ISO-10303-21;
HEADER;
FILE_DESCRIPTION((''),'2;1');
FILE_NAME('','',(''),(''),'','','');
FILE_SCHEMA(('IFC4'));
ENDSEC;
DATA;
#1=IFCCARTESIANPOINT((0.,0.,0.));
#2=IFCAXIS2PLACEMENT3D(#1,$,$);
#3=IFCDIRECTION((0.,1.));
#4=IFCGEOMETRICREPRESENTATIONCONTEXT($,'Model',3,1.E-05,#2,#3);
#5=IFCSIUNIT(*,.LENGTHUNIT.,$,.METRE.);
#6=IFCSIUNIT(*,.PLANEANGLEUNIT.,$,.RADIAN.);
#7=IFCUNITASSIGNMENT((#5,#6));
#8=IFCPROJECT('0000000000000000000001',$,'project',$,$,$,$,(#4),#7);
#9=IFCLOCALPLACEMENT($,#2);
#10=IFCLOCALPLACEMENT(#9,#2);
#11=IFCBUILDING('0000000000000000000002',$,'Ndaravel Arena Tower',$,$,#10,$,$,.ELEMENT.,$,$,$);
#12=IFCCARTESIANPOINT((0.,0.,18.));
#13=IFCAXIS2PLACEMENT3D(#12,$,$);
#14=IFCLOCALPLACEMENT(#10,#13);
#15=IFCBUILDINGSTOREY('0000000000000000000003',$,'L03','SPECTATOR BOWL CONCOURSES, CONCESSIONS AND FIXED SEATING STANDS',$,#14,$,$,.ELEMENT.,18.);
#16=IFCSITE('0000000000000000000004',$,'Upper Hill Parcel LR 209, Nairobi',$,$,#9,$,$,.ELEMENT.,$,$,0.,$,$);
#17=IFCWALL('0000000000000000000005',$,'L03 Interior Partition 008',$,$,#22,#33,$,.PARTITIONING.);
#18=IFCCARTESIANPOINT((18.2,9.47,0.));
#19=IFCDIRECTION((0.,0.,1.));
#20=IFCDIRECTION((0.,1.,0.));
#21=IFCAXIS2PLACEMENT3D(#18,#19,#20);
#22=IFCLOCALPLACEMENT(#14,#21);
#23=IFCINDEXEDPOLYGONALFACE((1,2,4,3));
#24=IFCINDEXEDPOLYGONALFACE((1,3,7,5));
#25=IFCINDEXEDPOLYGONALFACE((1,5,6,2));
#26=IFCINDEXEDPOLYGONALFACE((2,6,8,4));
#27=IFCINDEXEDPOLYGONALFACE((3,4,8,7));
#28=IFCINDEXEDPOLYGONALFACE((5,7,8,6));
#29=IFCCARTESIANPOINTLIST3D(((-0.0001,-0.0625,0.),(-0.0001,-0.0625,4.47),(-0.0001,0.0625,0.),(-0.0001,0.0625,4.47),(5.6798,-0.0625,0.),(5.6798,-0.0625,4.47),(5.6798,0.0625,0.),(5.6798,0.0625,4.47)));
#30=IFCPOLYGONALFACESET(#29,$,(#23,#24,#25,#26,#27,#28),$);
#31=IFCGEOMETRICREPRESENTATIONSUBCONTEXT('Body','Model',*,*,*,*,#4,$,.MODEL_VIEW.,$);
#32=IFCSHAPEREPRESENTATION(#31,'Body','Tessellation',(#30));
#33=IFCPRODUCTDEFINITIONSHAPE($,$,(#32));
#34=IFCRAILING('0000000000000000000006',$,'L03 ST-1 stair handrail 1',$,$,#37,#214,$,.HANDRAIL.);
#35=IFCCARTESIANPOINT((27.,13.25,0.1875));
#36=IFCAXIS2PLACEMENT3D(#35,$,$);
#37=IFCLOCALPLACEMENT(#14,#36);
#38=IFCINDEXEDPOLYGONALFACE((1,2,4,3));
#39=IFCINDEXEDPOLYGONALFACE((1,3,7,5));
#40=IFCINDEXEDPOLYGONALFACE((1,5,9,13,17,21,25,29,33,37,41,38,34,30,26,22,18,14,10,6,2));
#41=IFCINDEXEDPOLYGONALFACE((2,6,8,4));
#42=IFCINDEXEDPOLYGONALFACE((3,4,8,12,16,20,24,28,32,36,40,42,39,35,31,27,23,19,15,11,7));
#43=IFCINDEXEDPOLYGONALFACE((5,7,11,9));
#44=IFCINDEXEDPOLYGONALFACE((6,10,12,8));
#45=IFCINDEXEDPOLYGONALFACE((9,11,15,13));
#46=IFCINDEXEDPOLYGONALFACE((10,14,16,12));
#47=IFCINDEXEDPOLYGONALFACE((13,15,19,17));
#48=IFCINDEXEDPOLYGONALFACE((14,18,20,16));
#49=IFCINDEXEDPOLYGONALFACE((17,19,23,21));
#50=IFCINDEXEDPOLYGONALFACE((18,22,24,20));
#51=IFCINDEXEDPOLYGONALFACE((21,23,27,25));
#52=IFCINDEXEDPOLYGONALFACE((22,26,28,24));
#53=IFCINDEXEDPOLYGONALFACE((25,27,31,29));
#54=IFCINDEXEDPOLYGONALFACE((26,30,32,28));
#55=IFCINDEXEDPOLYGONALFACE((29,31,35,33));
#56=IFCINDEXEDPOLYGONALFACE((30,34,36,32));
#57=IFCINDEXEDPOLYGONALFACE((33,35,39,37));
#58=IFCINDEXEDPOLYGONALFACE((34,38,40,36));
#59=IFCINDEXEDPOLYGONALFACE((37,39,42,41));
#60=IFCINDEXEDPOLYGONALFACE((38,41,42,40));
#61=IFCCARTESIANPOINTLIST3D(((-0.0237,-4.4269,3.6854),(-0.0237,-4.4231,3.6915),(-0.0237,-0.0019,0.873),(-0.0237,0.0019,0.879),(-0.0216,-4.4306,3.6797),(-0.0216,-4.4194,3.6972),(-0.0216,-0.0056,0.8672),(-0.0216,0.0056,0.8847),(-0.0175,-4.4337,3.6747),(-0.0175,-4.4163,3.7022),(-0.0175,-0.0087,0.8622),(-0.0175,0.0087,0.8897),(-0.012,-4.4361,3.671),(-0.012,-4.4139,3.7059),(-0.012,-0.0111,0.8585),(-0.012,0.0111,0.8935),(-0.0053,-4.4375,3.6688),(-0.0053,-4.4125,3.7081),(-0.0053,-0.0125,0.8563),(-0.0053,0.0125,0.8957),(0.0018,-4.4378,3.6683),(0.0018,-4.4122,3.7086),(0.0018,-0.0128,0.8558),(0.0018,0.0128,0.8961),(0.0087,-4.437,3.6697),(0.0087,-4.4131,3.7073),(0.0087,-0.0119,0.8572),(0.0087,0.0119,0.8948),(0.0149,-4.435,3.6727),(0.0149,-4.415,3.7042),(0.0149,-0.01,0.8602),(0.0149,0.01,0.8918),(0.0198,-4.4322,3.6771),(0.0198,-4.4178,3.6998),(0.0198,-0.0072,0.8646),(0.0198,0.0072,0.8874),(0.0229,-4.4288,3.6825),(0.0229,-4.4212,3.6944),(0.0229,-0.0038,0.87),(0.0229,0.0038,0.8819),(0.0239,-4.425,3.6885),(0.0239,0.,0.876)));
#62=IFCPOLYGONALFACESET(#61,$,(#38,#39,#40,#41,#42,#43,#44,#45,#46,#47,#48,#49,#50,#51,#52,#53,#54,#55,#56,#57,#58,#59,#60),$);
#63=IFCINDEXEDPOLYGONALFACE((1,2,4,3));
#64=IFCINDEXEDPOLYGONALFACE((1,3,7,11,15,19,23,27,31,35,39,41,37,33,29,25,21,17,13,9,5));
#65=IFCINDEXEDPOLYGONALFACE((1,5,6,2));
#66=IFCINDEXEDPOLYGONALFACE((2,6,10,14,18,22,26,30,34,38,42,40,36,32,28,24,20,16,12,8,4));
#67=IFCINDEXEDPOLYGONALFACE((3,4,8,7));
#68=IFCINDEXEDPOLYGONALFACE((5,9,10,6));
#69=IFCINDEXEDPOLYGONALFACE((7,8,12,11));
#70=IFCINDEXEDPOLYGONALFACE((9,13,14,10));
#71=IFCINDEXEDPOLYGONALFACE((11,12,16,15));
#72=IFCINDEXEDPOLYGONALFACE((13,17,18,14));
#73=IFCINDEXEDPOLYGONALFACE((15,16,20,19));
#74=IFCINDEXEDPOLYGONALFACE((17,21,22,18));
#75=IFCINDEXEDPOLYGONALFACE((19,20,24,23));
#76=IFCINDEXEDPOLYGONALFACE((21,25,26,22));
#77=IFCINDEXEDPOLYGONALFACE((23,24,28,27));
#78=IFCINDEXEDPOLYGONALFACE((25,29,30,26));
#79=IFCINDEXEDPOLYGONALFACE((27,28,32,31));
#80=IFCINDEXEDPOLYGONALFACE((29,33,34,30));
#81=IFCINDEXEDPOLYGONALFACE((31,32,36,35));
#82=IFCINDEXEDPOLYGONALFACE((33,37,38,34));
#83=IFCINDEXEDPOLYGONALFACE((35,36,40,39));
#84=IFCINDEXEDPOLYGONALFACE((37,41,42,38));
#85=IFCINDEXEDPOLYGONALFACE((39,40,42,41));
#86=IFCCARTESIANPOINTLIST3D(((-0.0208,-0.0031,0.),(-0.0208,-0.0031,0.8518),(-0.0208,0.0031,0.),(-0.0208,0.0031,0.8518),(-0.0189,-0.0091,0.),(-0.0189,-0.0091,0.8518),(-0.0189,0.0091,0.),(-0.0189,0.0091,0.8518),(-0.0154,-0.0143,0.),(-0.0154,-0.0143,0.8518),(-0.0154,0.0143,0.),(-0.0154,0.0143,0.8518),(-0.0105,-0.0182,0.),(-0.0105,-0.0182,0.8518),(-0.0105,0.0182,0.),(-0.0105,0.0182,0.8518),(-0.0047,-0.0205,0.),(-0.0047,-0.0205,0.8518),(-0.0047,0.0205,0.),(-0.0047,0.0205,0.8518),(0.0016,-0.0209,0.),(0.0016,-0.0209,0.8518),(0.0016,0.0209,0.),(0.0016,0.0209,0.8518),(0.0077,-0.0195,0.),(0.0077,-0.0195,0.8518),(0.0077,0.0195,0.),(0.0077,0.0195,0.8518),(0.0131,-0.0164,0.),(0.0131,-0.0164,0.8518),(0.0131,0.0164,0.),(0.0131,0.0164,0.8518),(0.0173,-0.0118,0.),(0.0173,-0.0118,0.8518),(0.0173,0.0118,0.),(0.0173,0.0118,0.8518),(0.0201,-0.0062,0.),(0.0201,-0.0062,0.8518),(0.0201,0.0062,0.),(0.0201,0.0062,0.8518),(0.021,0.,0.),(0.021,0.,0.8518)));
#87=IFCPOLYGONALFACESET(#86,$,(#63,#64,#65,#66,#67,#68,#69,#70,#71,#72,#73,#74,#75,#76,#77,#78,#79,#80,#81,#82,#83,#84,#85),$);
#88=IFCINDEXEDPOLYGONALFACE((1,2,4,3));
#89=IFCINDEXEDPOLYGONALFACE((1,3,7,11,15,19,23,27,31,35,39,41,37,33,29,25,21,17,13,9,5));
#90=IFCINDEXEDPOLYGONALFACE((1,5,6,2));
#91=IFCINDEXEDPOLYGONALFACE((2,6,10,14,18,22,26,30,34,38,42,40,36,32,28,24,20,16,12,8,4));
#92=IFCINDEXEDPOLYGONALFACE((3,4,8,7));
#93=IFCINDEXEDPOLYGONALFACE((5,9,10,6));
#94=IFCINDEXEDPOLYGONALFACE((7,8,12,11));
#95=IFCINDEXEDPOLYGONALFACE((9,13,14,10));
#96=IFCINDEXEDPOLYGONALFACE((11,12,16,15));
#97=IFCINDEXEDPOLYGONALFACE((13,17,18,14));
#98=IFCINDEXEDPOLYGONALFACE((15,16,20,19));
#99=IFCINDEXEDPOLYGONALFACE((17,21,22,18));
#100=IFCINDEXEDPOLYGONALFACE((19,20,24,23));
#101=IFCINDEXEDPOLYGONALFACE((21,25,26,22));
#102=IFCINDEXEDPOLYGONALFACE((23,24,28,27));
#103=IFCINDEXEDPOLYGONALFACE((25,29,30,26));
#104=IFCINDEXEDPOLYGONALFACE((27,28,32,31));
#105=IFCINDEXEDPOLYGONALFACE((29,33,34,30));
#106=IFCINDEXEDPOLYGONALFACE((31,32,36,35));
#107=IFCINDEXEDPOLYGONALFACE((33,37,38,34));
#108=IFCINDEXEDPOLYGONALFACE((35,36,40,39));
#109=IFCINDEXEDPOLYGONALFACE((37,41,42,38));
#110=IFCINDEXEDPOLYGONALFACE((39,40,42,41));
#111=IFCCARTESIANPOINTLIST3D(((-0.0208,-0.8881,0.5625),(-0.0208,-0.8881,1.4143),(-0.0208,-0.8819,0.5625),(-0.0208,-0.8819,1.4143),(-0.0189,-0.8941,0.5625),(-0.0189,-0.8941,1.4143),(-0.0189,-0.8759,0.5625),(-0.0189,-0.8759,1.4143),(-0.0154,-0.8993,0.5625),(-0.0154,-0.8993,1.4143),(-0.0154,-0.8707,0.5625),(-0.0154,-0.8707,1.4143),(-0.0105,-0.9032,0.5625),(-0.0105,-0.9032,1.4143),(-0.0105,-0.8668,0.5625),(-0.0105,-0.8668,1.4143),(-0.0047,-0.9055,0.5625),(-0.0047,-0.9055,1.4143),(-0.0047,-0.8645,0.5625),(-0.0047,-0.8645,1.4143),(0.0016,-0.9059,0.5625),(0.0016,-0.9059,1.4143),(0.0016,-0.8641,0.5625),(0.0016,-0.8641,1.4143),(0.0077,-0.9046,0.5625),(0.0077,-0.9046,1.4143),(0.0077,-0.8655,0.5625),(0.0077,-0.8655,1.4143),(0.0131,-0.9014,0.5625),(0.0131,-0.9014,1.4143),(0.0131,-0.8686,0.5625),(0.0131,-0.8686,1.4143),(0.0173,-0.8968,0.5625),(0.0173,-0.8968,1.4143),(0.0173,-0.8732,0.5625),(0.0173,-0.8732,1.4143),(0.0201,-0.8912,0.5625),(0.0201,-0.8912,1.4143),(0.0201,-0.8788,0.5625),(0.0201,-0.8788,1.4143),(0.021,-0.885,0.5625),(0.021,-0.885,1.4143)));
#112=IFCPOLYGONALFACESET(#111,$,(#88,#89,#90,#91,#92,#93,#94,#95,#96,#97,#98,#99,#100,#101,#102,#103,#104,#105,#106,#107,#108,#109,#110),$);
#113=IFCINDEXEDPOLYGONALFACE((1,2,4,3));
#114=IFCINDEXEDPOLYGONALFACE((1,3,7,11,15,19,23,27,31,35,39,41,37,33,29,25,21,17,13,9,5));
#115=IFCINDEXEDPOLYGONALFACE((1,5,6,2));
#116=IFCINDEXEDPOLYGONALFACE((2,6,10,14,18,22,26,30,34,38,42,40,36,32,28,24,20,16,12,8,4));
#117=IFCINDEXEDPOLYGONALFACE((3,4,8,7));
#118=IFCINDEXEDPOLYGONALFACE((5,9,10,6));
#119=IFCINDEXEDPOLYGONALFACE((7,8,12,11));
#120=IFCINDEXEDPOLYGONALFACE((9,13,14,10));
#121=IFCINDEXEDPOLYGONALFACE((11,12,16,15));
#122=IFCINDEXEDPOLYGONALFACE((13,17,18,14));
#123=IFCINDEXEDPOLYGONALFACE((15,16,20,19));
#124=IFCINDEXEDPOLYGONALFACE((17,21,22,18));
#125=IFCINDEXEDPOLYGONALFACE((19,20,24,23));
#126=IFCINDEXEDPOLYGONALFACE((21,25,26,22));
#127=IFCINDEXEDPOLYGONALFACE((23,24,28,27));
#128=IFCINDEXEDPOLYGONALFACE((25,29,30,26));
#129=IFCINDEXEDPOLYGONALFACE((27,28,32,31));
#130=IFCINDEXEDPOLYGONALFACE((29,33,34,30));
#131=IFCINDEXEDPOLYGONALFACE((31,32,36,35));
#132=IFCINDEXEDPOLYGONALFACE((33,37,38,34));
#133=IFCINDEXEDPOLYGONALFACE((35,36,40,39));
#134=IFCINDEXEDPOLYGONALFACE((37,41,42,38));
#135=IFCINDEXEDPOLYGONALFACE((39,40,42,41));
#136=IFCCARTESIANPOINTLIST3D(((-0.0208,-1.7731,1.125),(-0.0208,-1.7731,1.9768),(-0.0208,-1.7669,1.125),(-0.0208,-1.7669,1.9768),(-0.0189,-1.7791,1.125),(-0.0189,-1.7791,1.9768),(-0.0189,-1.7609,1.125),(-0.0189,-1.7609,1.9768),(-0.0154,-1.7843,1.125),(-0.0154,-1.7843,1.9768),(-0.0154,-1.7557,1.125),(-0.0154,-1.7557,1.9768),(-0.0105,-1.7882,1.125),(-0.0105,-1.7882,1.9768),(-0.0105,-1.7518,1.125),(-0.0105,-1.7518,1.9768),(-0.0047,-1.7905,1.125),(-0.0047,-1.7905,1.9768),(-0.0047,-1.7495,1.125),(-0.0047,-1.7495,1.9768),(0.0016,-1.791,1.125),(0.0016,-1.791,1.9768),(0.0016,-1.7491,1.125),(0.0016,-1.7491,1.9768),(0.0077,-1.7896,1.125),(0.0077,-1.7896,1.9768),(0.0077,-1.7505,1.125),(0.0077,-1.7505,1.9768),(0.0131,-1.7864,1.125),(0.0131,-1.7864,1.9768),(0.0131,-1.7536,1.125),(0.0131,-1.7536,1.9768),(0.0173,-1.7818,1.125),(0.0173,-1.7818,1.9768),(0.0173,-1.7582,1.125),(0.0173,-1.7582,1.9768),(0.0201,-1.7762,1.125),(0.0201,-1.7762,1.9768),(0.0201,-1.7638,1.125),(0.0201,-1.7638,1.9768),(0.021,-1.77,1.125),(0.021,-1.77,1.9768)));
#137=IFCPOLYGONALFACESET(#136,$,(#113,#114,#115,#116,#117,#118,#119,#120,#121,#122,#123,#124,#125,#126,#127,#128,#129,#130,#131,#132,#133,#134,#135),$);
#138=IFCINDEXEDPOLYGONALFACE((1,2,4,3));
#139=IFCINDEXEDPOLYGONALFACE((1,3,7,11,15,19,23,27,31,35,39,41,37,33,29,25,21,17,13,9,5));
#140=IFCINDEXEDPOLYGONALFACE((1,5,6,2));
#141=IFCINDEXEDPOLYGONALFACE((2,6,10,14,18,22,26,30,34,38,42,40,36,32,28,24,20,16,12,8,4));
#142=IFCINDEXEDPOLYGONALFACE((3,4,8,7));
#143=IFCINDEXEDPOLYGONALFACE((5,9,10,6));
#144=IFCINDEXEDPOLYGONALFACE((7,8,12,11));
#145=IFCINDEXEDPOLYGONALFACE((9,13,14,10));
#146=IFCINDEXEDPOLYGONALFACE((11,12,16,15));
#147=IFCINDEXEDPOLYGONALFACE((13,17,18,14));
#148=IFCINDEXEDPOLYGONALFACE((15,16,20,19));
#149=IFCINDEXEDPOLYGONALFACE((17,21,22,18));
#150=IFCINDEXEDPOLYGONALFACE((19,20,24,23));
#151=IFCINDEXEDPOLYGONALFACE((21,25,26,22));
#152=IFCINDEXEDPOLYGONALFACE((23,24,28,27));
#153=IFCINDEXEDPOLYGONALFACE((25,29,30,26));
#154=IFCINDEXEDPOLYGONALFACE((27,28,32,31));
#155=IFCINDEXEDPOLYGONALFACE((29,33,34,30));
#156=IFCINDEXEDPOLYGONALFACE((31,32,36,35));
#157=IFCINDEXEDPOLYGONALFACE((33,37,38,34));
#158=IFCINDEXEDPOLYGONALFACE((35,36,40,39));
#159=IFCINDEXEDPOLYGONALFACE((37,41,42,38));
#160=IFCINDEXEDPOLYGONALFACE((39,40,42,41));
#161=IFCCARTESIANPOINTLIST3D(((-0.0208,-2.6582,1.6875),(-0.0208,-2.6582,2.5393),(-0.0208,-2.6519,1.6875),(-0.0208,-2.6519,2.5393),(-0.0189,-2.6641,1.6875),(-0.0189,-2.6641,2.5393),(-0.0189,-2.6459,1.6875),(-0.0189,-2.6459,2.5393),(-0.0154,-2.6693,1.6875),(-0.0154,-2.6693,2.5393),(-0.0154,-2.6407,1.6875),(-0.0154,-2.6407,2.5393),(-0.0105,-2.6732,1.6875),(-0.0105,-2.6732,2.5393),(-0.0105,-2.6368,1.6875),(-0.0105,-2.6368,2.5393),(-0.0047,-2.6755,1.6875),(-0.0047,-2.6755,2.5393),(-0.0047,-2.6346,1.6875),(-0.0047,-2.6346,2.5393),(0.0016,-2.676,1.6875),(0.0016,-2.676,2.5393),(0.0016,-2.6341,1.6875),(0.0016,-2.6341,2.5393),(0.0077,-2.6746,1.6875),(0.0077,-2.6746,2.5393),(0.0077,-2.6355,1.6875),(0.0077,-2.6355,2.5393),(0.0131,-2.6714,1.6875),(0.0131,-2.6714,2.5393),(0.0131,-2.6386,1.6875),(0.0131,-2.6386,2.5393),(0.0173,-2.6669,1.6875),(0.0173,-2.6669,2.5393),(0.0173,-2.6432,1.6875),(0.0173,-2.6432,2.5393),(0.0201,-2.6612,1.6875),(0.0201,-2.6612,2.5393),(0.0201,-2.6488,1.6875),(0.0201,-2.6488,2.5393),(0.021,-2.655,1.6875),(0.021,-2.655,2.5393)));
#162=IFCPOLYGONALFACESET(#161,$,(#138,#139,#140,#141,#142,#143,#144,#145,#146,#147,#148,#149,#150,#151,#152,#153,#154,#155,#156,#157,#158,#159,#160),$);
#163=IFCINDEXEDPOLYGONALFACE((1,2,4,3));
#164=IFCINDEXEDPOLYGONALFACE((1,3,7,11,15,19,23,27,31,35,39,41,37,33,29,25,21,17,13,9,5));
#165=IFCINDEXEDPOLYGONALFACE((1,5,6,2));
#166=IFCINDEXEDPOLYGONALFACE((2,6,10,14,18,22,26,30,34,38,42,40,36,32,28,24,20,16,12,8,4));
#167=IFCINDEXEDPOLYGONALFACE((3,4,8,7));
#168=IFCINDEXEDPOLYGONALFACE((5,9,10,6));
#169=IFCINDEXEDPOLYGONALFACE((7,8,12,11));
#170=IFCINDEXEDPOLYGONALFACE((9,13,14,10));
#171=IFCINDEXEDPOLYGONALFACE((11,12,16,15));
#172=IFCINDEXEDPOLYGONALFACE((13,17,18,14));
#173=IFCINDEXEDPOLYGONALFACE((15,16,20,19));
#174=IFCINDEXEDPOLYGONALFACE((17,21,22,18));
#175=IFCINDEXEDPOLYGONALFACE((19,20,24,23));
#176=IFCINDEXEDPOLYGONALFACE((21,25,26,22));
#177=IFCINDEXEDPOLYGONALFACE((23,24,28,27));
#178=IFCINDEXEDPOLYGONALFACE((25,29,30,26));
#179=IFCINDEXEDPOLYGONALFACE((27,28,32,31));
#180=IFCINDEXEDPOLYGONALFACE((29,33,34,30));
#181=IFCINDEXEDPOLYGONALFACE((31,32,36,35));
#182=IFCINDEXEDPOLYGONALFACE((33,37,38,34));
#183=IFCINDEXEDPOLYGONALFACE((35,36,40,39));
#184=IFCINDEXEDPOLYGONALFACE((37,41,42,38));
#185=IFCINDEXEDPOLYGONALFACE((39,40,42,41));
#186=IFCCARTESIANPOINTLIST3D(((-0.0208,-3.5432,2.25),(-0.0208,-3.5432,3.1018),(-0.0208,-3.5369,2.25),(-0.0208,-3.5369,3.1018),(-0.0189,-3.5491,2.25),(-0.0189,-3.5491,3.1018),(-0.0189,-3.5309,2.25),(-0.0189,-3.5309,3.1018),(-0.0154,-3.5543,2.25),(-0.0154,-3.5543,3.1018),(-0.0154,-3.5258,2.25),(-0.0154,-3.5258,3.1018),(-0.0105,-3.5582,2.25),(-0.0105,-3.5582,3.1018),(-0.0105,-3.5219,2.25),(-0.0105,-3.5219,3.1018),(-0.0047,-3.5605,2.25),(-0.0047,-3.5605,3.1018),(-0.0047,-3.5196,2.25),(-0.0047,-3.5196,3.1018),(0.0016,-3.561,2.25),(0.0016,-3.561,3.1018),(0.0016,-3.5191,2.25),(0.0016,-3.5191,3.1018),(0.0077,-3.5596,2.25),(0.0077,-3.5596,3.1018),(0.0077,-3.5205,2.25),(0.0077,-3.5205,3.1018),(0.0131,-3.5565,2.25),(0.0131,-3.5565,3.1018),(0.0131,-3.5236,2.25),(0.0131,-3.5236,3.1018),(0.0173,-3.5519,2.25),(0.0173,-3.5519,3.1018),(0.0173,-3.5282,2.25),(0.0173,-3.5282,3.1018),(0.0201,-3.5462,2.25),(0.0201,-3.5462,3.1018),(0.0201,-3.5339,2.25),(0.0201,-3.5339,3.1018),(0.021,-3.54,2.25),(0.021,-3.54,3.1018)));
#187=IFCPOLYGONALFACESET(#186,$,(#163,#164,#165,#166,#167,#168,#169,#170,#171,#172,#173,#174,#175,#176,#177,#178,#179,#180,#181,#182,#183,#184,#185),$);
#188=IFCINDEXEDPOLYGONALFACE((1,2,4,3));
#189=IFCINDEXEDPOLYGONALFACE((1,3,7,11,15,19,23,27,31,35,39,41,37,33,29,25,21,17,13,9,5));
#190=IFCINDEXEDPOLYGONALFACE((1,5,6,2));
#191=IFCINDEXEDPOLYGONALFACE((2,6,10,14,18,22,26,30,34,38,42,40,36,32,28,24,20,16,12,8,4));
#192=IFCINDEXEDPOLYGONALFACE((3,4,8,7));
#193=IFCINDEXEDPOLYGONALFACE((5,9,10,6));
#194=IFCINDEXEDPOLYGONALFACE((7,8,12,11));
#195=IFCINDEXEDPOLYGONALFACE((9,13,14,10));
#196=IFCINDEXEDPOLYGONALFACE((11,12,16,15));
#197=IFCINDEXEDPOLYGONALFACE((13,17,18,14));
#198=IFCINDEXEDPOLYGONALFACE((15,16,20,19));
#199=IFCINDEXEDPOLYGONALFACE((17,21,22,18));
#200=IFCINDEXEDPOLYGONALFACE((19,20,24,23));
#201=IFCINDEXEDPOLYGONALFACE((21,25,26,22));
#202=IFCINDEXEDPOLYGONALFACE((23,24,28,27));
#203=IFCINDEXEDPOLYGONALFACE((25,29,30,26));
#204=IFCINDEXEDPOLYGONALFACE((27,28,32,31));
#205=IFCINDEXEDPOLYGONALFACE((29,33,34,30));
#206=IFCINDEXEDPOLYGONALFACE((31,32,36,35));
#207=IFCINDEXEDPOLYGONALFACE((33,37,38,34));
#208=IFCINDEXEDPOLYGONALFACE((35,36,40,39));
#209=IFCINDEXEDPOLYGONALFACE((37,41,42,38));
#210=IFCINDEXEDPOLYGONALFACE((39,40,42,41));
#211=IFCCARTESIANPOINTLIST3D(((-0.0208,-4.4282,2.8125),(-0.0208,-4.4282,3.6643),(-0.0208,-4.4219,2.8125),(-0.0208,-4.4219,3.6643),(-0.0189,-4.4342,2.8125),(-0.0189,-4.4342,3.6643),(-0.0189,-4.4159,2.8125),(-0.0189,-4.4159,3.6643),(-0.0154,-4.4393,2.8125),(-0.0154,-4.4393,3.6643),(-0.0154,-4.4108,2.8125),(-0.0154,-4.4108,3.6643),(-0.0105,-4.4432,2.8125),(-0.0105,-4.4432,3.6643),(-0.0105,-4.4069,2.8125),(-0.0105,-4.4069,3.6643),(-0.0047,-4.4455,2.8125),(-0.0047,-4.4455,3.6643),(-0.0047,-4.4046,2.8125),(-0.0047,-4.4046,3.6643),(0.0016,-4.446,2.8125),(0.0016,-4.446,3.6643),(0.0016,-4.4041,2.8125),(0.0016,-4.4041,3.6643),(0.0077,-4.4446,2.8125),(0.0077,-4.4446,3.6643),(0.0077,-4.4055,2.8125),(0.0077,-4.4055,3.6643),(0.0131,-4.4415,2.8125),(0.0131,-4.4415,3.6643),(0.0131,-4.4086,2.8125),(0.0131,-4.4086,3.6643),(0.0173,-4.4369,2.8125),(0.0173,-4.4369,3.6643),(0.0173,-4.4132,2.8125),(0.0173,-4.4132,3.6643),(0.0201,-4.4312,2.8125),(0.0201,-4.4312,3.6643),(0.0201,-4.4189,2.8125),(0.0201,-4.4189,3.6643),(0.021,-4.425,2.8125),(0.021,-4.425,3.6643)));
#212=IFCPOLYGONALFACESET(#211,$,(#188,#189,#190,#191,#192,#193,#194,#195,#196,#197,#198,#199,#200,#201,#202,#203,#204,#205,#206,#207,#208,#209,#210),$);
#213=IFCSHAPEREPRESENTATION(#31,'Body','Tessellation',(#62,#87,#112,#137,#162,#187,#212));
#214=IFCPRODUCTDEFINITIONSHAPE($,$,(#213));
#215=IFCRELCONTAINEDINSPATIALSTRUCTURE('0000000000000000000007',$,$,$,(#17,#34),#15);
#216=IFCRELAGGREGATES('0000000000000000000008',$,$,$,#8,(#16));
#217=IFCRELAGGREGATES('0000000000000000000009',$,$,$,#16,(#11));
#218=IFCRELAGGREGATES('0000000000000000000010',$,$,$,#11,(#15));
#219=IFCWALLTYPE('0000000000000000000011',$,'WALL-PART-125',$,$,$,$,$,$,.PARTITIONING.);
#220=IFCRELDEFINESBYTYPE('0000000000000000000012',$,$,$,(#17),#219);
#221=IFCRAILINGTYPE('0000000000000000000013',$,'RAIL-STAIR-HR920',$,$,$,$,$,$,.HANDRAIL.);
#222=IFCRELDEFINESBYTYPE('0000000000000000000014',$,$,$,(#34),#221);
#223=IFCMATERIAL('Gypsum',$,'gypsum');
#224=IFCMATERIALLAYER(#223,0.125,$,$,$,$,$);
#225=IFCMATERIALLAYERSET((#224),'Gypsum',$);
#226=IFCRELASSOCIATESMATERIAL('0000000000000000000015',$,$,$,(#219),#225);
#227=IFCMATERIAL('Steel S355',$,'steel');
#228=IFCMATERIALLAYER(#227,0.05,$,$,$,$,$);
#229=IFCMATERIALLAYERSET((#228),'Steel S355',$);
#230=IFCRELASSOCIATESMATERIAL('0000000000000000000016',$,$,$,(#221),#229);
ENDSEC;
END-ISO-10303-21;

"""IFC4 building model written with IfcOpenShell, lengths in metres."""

from ifc_helpers import new_model, si_unit, direction, frame, frame_2d, origin, origin_2d, place, context, subcontext, project, spatial, rectangle, circle, extrude, material, layer, layer_set, type_object, element, save


model = new_model("IFC4")

# Units and contexts
model_context = context("Model", 3, precision=1e-05, world=origin(), true_north=direction((0.0, 1.0)))
body_context = subcontext(model_context, "Body", "Model", "MODEL_VIEW")
ifc_project = project(units=[si_unit("LENGTHUNIT", "METRE"), si_unit("PLANEANGLEUNIT", "RADIAN")], contexts=[model_context])

# Site, building, storey
site_placement = place(None, origin())
site = spatial("IfcSite", under=ifc_project, at=site_placement, Name="Upper Hill Parcel LR 209, Nairobi", CompositionType="ELEMENT", RefElevation=0.0)
building_placement = place(site_placement, origin())
building = spatial("IfcBuilding", under=site, at=building_placement, Name="Ndaravel Arena Tower", CompositionType="ELEMENT")
storey_placement = place(building_placement, frame((0.0, 0.0, 18.0)))
storey = spatial("IfcBuildingStorey", under=building, at=storey_placement, Name="L03", Description="SPECTATOR BOWL CONCOURSES, CONCESSIONS AND FIXED SEATING STANDS", CompositionType="ELEMENT", Elevation=18.0)

# Wall
ifc_material_1 = material(Name="Gypsum", Category="gypsum")
ifc_layer_1 = layer(ifc_material_1, 0.125)
ifc_layer_set_1 = layer_set([ifc_layer_1], Name="Gypsum")
wall_type_1 = type_object("IfcWallType", Name="WALL-PART-125", PredefinedType="PARTITIONING", material=ifc_layer_set_1)
wall_1_placement = place(storey_placement, frame((18.2, 9.47, 0.0), z_axis=(0.0, 0.0, 1.0), x_axis=(0.0, 1.0, 0.0)))
element("IfcWall", 1, at=wall_1_placement, inside=storey, type_object=wall_type_1, Name="L03 Interior Partition 008", PredefinedType="PARTITIONING", context=body_context, shape_type="SweptSolid", body=[
    extrude(rectangle(XDim=5.6799, YDim=0.125, at=frame_2d((2.8398, 0.0))), origin(), (0.0, 0.0, 1.0), 4.47),
])

# Railing
ifc_material_2 = material(Name="Steel S355", Category="steel")
ifc_layer_2 = layer(ifc_material_2, 0.05)
ifc_layer_set_2 = layer_set([ifc_layer_2], Name="Steel S355")
railing_type_1 = type_object("IfcRailingType", Name="RAIL-STAIR-HR920", PredefinedType="HANDRAIL", material=ifc_layer_set_2)
railing_1_placement = place(storey_placement, frame((27.0, 13.25, 0.1875)))
element("IfcRailing", 2, at=railing_1_placement, inside=storey, type_object=railing_type_1, Name="L03 ST-1 stair handrail 1", PredefinedType="HANDRAIL", context=body_context, shape_type="SweptSolid", body=[
    extrude(circle(Radius=0.0239, at=origin_2d()), frame((0.0, 0.0, 0.876), z_axis=(0.0, -0.843959, 0.536408), x_axis=(1.0, 0.0, 0.0)), (0.0, 0.0, 1.0), 5.2432),
    extrude(circle(Radius=0.021, at=origin_2d()), origin(), (0.0, 0.0, 1.0), 0.8518),
    extrude(circle(Radius=0.021, at=origin_2d()), frame((0.0, -0.885, 0.5625)), (0.0, 0.0, 1.0), 0.8518),
    extrude(circle(Radius=0.021, at=origin_2d()), frame((0.0, -1.77, 1.125)), (0.0, 0.0, 1.0), 0.8518),
    extrude(circle(Radius=0.021, at=origin_2d()), frame((0.0, -2.655, 1.6875)), (0.0, 0.0, 1.0), 0.8518),
    extrude(circle(Radius=0.021, at=origin_2d()), frame((0.0, -3.54, 2.25)), (0.0, 0.0, 1.0), 0.8518),
    extrude(circle(Radius=0.021, at=origin_2d()), frame((0.0, -4.425, 2.8125)), (0.0, 0.0, 1.0), 0.8518),
])

save(model, "model.ifc")
